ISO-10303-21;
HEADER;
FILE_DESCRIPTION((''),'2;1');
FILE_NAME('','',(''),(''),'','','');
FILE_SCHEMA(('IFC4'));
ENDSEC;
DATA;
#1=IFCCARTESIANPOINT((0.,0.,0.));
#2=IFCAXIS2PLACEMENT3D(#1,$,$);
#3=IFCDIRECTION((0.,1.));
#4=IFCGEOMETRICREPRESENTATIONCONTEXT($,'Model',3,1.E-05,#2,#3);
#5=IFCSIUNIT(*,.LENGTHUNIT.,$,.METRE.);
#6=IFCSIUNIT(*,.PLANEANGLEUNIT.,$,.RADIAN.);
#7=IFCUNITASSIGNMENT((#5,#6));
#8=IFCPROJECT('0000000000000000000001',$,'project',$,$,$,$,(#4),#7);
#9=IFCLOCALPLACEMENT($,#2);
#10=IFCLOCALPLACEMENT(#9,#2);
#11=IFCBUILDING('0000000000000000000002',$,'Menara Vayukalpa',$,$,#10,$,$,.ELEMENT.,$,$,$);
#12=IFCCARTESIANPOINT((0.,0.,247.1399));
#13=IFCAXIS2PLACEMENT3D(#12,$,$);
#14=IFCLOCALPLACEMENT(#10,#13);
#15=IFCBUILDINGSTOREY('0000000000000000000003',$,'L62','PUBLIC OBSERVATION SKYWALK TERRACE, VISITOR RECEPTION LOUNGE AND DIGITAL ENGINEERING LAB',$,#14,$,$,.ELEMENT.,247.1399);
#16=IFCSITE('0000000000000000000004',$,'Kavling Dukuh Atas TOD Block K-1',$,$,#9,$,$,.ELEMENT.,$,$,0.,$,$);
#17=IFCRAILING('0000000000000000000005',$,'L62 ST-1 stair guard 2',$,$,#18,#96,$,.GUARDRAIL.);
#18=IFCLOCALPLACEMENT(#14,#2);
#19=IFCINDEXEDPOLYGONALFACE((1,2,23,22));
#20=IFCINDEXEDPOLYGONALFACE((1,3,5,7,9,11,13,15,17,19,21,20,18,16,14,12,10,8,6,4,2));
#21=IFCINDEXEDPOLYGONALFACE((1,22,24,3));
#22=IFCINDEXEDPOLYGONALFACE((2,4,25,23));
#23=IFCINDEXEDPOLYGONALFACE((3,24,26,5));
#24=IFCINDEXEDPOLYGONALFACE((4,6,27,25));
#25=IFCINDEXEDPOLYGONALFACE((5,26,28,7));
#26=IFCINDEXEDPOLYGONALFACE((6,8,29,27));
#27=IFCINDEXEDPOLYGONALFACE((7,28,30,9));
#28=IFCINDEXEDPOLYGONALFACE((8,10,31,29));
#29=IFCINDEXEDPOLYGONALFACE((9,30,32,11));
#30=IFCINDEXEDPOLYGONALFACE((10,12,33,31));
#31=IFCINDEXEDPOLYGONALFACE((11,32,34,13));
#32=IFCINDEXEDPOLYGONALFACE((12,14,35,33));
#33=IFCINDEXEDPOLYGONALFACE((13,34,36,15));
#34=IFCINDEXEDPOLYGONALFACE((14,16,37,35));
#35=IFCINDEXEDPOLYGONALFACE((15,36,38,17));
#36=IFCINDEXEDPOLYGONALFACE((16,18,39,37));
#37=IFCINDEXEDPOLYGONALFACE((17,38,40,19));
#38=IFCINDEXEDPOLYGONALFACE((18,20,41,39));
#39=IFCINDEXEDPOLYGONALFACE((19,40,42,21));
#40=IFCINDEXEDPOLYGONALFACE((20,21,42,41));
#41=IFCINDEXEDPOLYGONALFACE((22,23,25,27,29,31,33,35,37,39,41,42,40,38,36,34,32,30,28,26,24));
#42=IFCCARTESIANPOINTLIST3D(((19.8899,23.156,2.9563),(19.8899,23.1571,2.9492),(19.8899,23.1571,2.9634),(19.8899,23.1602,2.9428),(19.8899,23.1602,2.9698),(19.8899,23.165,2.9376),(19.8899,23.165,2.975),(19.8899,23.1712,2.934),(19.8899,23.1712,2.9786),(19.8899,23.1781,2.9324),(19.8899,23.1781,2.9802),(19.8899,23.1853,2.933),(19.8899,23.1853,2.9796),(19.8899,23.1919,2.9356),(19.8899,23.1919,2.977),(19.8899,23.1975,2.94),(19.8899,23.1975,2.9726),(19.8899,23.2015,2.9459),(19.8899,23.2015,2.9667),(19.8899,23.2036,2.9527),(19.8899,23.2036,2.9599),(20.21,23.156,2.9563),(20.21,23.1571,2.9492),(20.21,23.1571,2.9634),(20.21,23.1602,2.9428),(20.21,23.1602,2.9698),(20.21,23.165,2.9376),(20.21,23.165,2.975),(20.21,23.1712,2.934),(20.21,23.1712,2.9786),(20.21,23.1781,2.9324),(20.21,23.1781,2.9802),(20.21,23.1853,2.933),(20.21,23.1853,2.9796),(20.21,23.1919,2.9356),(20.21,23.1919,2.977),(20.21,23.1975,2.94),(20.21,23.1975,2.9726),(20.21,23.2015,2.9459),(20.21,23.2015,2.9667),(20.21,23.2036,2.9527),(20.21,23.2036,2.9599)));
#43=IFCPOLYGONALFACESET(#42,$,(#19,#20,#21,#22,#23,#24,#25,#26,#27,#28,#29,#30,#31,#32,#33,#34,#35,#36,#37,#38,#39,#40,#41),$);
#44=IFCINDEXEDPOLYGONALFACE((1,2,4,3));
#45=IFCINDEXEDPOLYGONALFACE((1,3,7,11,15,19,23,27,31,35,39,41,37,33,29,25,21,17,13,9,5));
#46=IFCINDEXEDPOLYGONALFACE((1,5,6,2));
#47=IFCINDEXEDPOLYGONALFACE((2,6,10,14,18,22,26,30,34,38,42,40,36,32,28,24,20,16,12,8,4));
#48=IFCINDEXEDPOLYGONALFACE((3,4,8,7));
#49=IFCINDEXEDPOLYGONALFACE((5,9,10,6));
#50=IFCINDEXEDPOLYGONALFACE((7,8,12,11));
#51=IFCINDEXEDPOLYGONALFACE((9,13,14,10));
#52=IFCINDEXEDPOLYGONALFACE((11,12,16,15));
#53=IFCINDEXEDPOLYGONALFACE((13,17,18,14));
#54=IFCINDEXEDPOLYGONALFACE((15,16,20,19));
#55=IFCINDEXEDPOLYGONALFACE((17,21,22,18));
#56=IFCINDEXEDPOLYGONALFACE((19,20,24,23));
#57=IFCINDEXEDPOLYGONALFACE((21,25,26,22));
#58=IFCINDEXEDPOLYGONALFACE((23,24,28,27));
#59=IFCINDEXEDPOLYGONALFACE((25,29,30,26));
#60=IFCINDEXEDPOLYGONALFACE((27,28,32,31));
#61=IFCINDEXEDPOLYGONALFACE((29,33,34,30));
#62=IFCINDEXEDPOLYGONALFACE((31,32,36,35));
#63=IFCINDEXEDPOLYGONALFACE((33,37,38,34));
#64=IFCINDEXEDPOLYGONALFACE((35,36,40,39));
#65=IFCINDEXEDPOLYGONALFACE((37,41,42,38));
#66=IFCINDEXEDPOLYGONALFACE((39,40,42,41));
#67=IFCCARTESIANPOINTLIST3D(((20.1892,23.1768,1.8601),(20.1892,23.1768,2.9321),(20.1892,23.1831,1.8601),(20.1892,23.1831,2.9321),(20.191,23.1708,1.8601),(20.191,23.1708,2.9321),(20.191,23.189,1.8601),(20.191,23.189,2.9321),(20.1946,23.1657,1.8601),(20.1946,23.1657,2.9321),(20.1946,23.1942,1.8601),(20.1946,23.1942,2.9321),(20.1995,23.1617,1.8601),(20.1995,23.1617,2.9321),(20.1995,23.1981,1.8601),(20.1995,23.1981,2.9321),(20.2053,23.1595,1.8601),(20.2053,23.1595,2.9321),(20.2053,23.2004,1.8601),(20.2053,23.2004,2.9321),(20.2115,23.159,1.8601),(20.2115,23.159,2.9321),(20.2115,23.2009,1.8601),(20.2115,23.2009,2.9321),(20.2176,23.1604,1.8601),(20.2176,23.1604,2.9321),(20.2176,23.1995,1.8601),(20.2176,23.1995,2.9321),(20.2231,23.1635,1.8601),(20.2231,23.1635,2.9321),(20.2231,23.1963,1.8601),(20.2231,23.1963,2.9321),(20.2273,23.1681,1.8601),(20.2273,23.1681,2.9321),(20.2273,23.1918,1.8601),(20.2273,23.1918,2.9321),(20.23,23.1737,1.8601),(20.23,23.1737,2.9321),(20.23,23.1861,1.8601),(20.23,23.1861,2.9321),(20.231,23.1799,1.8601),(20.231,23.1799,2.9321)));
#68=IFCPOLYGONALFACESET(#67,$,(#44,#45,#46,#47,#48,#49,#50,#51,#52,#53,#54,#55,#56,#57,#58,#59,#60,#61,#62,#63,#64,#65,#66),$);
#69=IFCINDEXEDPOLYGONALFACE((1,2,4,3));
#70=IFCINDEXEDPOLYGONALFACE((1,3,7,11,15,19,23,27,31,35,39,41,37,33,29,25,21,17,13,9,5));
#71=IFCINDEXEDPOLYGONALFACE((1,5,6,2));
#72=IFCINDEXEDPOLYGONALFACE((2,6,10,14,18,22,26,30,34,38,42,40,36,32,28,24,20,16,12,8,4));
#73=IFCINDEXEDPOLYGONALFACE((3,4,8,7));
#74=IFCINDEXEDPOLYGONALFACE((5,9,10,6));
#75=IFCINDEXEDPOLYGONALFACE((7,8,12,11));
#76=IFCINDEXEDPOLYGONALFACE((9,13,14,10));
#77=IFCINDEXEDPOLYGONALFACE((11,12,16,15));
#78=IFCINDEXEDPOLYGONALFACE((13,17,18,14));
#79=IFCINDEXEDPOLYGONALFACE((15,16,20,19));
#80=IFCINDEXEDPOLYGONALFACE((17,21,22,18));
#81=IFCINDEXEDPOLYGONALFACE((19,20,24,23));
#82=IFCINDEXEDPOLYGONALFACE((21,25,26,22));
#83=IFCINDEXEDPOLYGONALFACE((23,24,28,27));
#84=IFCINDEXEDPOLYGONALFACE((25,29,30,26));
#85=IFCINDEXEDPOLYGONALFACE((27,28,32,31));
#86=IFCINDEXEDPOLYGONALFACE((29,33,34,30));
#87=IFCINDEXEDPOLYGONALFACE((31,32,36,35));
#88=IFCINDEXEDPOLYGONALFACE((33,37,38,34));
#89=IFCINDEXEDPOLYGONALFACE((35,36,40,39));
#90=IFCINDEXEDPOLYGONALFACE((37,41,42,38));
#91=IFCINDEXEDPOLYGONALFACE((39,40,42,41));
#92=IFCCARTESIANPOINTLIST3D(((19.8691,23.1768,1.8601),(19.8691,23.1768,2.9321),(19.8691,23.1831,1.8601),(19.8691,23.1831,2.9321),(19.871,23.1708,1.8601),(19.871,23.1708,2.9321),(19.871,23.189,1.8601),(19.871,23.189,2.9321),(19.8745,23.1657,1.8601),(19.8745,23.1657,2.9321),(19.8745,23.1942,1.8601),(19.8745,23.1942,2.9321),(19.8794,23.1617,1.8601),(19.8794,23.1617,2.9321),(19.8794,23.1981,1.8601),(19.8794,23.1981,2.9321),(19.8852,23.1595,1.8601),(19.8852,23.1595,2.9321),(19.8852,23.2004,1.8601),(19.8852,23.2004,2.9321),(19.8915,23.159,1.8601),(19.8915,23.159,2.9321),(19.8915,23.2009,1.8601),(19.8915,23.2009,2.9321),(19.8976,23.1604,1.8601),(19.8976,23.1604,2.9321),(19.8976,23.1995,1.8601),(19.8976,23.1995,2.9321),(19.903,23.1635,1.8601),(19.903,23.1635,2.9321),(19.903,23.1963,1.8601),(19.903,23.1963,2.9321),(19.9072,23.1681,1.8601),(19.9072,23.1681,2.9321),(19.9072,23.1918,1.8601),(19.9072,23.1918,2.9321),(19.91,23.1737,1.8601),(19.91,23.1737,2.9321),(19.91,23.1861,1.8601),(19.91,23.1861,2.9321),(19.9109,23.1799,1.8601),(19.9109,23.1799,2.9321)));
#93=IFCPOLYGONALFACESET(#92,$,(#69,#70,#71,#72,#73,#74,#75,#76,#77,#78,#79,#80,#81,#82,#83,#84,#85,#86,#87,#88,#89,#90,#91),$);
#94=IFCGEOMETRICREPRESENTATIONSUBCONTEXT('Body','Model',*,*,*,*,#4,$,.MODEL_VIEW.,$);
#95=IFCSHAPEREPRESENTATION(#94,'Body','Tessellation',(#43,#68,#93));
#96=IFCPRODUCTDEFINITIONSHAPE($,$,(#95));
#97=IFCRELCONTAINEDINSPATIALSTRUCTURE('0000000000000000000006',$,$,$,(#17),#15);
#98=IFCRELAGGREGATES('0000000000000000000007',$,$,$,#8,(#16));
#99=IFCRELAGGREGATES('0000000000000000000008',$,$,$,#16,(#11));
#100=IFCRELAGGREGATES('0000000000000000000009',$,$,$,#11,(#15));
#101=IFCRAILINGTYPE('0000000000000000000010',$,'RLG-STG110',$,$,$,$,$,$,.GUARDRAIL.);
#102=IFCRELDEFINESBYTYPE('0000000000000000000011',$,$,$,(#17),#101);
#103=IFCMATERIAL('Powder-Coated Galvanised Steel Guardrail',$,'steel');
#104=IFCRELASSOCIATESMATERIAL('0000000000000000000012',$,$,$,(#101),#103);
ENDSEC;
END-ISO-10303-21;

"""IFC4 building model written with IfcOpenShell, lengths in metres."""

from ifc_helpers import new_model, si_unit, direction, frame, origin, origin_2d, place, context, subcontext, project, spatial, circle, extrude, material, type_object, element, save


model = new_model("IFC4")

# Units and contexts
model_context = context("Model", 3, precision=1e-05, world=origin(), true_north=direction((0.0, 1.0)))
body_context = subcontext(model_context, "Body", "Model", "MODEL_VIEW")
ifc_project = project(units=[si_unit("LENGTHUNIT", "METRE"), si_unit("PLANEANGLEUNIT", "RADIAN")], contexts=[model_context])

# Site, building, storey
site_placement = place(None, origin())
site = spatial("IfcSite", under=ifc_project, at=site_placement, Name="Kavling Dukuh Atas TOD Block K-1", CompositionType="ELEMENT", RefElevation=0.0)
building_placement = place(site_placement, origin())
building = spatial("IfcBuilding", under=site, at=building_placement, Name="Menara Vayukalpa", CompositionType="ELEMENT")
storey_placement = place(building_placement, frame((0.0, 0.0, 247.1399)))
storey = spatial("IfcBuildingStorey", under=building, at=storey_placement, Name="L62", Description="PUBLIC OBSERVATION SKYWALK TERRACE, VISITOR RECEPTION LOUNGE AND DIGITAL ENGINEERING LAB", CompositionType="ELEMENT", Elevation=247.1399)

# Railing
ifc_material_1 = material(Name="Powder-Coated Galvanised Steel Guardrail", Category="steel")
railing_type = type_object("IfcRailingType", Name="RLG-STG110", PredefinedType="GUARDRAIL", material=ifc_material_1)
railing_placement = place(storey_placement, frame((20.21, 23.1799, 1.8601)))
element("IfcRailing", 1, at=railing_placement, inside=storey, type_object=railing_type, Name="L62 ST-1 stair guard 2", PredefinedType="GUARDRAIL", context=body_context, shape_type="SweptSolid", body=[
    extrude(circle(Radius=0.0239, at=origin_2d()), frame((0.0, 0.0, 1.0962), z_axis=(-1.0, 0.0, 0.0), x_axis=(0.0, -1.0, 0.0)), (0.0, 0.0, 1.0), 0.3201),
    extrude(circle(Radius=0.021, at=origin_2d()), origin(), (0.0, 0.0, 1.0), 1.072),
    extrude(circle(Radius=0.021, at=origin_2d()), frame((-0.3201, 0.0, 0.0)), (0.0, 0.0, 1.0), 1.072),
])

save(model, "model.ifc")
